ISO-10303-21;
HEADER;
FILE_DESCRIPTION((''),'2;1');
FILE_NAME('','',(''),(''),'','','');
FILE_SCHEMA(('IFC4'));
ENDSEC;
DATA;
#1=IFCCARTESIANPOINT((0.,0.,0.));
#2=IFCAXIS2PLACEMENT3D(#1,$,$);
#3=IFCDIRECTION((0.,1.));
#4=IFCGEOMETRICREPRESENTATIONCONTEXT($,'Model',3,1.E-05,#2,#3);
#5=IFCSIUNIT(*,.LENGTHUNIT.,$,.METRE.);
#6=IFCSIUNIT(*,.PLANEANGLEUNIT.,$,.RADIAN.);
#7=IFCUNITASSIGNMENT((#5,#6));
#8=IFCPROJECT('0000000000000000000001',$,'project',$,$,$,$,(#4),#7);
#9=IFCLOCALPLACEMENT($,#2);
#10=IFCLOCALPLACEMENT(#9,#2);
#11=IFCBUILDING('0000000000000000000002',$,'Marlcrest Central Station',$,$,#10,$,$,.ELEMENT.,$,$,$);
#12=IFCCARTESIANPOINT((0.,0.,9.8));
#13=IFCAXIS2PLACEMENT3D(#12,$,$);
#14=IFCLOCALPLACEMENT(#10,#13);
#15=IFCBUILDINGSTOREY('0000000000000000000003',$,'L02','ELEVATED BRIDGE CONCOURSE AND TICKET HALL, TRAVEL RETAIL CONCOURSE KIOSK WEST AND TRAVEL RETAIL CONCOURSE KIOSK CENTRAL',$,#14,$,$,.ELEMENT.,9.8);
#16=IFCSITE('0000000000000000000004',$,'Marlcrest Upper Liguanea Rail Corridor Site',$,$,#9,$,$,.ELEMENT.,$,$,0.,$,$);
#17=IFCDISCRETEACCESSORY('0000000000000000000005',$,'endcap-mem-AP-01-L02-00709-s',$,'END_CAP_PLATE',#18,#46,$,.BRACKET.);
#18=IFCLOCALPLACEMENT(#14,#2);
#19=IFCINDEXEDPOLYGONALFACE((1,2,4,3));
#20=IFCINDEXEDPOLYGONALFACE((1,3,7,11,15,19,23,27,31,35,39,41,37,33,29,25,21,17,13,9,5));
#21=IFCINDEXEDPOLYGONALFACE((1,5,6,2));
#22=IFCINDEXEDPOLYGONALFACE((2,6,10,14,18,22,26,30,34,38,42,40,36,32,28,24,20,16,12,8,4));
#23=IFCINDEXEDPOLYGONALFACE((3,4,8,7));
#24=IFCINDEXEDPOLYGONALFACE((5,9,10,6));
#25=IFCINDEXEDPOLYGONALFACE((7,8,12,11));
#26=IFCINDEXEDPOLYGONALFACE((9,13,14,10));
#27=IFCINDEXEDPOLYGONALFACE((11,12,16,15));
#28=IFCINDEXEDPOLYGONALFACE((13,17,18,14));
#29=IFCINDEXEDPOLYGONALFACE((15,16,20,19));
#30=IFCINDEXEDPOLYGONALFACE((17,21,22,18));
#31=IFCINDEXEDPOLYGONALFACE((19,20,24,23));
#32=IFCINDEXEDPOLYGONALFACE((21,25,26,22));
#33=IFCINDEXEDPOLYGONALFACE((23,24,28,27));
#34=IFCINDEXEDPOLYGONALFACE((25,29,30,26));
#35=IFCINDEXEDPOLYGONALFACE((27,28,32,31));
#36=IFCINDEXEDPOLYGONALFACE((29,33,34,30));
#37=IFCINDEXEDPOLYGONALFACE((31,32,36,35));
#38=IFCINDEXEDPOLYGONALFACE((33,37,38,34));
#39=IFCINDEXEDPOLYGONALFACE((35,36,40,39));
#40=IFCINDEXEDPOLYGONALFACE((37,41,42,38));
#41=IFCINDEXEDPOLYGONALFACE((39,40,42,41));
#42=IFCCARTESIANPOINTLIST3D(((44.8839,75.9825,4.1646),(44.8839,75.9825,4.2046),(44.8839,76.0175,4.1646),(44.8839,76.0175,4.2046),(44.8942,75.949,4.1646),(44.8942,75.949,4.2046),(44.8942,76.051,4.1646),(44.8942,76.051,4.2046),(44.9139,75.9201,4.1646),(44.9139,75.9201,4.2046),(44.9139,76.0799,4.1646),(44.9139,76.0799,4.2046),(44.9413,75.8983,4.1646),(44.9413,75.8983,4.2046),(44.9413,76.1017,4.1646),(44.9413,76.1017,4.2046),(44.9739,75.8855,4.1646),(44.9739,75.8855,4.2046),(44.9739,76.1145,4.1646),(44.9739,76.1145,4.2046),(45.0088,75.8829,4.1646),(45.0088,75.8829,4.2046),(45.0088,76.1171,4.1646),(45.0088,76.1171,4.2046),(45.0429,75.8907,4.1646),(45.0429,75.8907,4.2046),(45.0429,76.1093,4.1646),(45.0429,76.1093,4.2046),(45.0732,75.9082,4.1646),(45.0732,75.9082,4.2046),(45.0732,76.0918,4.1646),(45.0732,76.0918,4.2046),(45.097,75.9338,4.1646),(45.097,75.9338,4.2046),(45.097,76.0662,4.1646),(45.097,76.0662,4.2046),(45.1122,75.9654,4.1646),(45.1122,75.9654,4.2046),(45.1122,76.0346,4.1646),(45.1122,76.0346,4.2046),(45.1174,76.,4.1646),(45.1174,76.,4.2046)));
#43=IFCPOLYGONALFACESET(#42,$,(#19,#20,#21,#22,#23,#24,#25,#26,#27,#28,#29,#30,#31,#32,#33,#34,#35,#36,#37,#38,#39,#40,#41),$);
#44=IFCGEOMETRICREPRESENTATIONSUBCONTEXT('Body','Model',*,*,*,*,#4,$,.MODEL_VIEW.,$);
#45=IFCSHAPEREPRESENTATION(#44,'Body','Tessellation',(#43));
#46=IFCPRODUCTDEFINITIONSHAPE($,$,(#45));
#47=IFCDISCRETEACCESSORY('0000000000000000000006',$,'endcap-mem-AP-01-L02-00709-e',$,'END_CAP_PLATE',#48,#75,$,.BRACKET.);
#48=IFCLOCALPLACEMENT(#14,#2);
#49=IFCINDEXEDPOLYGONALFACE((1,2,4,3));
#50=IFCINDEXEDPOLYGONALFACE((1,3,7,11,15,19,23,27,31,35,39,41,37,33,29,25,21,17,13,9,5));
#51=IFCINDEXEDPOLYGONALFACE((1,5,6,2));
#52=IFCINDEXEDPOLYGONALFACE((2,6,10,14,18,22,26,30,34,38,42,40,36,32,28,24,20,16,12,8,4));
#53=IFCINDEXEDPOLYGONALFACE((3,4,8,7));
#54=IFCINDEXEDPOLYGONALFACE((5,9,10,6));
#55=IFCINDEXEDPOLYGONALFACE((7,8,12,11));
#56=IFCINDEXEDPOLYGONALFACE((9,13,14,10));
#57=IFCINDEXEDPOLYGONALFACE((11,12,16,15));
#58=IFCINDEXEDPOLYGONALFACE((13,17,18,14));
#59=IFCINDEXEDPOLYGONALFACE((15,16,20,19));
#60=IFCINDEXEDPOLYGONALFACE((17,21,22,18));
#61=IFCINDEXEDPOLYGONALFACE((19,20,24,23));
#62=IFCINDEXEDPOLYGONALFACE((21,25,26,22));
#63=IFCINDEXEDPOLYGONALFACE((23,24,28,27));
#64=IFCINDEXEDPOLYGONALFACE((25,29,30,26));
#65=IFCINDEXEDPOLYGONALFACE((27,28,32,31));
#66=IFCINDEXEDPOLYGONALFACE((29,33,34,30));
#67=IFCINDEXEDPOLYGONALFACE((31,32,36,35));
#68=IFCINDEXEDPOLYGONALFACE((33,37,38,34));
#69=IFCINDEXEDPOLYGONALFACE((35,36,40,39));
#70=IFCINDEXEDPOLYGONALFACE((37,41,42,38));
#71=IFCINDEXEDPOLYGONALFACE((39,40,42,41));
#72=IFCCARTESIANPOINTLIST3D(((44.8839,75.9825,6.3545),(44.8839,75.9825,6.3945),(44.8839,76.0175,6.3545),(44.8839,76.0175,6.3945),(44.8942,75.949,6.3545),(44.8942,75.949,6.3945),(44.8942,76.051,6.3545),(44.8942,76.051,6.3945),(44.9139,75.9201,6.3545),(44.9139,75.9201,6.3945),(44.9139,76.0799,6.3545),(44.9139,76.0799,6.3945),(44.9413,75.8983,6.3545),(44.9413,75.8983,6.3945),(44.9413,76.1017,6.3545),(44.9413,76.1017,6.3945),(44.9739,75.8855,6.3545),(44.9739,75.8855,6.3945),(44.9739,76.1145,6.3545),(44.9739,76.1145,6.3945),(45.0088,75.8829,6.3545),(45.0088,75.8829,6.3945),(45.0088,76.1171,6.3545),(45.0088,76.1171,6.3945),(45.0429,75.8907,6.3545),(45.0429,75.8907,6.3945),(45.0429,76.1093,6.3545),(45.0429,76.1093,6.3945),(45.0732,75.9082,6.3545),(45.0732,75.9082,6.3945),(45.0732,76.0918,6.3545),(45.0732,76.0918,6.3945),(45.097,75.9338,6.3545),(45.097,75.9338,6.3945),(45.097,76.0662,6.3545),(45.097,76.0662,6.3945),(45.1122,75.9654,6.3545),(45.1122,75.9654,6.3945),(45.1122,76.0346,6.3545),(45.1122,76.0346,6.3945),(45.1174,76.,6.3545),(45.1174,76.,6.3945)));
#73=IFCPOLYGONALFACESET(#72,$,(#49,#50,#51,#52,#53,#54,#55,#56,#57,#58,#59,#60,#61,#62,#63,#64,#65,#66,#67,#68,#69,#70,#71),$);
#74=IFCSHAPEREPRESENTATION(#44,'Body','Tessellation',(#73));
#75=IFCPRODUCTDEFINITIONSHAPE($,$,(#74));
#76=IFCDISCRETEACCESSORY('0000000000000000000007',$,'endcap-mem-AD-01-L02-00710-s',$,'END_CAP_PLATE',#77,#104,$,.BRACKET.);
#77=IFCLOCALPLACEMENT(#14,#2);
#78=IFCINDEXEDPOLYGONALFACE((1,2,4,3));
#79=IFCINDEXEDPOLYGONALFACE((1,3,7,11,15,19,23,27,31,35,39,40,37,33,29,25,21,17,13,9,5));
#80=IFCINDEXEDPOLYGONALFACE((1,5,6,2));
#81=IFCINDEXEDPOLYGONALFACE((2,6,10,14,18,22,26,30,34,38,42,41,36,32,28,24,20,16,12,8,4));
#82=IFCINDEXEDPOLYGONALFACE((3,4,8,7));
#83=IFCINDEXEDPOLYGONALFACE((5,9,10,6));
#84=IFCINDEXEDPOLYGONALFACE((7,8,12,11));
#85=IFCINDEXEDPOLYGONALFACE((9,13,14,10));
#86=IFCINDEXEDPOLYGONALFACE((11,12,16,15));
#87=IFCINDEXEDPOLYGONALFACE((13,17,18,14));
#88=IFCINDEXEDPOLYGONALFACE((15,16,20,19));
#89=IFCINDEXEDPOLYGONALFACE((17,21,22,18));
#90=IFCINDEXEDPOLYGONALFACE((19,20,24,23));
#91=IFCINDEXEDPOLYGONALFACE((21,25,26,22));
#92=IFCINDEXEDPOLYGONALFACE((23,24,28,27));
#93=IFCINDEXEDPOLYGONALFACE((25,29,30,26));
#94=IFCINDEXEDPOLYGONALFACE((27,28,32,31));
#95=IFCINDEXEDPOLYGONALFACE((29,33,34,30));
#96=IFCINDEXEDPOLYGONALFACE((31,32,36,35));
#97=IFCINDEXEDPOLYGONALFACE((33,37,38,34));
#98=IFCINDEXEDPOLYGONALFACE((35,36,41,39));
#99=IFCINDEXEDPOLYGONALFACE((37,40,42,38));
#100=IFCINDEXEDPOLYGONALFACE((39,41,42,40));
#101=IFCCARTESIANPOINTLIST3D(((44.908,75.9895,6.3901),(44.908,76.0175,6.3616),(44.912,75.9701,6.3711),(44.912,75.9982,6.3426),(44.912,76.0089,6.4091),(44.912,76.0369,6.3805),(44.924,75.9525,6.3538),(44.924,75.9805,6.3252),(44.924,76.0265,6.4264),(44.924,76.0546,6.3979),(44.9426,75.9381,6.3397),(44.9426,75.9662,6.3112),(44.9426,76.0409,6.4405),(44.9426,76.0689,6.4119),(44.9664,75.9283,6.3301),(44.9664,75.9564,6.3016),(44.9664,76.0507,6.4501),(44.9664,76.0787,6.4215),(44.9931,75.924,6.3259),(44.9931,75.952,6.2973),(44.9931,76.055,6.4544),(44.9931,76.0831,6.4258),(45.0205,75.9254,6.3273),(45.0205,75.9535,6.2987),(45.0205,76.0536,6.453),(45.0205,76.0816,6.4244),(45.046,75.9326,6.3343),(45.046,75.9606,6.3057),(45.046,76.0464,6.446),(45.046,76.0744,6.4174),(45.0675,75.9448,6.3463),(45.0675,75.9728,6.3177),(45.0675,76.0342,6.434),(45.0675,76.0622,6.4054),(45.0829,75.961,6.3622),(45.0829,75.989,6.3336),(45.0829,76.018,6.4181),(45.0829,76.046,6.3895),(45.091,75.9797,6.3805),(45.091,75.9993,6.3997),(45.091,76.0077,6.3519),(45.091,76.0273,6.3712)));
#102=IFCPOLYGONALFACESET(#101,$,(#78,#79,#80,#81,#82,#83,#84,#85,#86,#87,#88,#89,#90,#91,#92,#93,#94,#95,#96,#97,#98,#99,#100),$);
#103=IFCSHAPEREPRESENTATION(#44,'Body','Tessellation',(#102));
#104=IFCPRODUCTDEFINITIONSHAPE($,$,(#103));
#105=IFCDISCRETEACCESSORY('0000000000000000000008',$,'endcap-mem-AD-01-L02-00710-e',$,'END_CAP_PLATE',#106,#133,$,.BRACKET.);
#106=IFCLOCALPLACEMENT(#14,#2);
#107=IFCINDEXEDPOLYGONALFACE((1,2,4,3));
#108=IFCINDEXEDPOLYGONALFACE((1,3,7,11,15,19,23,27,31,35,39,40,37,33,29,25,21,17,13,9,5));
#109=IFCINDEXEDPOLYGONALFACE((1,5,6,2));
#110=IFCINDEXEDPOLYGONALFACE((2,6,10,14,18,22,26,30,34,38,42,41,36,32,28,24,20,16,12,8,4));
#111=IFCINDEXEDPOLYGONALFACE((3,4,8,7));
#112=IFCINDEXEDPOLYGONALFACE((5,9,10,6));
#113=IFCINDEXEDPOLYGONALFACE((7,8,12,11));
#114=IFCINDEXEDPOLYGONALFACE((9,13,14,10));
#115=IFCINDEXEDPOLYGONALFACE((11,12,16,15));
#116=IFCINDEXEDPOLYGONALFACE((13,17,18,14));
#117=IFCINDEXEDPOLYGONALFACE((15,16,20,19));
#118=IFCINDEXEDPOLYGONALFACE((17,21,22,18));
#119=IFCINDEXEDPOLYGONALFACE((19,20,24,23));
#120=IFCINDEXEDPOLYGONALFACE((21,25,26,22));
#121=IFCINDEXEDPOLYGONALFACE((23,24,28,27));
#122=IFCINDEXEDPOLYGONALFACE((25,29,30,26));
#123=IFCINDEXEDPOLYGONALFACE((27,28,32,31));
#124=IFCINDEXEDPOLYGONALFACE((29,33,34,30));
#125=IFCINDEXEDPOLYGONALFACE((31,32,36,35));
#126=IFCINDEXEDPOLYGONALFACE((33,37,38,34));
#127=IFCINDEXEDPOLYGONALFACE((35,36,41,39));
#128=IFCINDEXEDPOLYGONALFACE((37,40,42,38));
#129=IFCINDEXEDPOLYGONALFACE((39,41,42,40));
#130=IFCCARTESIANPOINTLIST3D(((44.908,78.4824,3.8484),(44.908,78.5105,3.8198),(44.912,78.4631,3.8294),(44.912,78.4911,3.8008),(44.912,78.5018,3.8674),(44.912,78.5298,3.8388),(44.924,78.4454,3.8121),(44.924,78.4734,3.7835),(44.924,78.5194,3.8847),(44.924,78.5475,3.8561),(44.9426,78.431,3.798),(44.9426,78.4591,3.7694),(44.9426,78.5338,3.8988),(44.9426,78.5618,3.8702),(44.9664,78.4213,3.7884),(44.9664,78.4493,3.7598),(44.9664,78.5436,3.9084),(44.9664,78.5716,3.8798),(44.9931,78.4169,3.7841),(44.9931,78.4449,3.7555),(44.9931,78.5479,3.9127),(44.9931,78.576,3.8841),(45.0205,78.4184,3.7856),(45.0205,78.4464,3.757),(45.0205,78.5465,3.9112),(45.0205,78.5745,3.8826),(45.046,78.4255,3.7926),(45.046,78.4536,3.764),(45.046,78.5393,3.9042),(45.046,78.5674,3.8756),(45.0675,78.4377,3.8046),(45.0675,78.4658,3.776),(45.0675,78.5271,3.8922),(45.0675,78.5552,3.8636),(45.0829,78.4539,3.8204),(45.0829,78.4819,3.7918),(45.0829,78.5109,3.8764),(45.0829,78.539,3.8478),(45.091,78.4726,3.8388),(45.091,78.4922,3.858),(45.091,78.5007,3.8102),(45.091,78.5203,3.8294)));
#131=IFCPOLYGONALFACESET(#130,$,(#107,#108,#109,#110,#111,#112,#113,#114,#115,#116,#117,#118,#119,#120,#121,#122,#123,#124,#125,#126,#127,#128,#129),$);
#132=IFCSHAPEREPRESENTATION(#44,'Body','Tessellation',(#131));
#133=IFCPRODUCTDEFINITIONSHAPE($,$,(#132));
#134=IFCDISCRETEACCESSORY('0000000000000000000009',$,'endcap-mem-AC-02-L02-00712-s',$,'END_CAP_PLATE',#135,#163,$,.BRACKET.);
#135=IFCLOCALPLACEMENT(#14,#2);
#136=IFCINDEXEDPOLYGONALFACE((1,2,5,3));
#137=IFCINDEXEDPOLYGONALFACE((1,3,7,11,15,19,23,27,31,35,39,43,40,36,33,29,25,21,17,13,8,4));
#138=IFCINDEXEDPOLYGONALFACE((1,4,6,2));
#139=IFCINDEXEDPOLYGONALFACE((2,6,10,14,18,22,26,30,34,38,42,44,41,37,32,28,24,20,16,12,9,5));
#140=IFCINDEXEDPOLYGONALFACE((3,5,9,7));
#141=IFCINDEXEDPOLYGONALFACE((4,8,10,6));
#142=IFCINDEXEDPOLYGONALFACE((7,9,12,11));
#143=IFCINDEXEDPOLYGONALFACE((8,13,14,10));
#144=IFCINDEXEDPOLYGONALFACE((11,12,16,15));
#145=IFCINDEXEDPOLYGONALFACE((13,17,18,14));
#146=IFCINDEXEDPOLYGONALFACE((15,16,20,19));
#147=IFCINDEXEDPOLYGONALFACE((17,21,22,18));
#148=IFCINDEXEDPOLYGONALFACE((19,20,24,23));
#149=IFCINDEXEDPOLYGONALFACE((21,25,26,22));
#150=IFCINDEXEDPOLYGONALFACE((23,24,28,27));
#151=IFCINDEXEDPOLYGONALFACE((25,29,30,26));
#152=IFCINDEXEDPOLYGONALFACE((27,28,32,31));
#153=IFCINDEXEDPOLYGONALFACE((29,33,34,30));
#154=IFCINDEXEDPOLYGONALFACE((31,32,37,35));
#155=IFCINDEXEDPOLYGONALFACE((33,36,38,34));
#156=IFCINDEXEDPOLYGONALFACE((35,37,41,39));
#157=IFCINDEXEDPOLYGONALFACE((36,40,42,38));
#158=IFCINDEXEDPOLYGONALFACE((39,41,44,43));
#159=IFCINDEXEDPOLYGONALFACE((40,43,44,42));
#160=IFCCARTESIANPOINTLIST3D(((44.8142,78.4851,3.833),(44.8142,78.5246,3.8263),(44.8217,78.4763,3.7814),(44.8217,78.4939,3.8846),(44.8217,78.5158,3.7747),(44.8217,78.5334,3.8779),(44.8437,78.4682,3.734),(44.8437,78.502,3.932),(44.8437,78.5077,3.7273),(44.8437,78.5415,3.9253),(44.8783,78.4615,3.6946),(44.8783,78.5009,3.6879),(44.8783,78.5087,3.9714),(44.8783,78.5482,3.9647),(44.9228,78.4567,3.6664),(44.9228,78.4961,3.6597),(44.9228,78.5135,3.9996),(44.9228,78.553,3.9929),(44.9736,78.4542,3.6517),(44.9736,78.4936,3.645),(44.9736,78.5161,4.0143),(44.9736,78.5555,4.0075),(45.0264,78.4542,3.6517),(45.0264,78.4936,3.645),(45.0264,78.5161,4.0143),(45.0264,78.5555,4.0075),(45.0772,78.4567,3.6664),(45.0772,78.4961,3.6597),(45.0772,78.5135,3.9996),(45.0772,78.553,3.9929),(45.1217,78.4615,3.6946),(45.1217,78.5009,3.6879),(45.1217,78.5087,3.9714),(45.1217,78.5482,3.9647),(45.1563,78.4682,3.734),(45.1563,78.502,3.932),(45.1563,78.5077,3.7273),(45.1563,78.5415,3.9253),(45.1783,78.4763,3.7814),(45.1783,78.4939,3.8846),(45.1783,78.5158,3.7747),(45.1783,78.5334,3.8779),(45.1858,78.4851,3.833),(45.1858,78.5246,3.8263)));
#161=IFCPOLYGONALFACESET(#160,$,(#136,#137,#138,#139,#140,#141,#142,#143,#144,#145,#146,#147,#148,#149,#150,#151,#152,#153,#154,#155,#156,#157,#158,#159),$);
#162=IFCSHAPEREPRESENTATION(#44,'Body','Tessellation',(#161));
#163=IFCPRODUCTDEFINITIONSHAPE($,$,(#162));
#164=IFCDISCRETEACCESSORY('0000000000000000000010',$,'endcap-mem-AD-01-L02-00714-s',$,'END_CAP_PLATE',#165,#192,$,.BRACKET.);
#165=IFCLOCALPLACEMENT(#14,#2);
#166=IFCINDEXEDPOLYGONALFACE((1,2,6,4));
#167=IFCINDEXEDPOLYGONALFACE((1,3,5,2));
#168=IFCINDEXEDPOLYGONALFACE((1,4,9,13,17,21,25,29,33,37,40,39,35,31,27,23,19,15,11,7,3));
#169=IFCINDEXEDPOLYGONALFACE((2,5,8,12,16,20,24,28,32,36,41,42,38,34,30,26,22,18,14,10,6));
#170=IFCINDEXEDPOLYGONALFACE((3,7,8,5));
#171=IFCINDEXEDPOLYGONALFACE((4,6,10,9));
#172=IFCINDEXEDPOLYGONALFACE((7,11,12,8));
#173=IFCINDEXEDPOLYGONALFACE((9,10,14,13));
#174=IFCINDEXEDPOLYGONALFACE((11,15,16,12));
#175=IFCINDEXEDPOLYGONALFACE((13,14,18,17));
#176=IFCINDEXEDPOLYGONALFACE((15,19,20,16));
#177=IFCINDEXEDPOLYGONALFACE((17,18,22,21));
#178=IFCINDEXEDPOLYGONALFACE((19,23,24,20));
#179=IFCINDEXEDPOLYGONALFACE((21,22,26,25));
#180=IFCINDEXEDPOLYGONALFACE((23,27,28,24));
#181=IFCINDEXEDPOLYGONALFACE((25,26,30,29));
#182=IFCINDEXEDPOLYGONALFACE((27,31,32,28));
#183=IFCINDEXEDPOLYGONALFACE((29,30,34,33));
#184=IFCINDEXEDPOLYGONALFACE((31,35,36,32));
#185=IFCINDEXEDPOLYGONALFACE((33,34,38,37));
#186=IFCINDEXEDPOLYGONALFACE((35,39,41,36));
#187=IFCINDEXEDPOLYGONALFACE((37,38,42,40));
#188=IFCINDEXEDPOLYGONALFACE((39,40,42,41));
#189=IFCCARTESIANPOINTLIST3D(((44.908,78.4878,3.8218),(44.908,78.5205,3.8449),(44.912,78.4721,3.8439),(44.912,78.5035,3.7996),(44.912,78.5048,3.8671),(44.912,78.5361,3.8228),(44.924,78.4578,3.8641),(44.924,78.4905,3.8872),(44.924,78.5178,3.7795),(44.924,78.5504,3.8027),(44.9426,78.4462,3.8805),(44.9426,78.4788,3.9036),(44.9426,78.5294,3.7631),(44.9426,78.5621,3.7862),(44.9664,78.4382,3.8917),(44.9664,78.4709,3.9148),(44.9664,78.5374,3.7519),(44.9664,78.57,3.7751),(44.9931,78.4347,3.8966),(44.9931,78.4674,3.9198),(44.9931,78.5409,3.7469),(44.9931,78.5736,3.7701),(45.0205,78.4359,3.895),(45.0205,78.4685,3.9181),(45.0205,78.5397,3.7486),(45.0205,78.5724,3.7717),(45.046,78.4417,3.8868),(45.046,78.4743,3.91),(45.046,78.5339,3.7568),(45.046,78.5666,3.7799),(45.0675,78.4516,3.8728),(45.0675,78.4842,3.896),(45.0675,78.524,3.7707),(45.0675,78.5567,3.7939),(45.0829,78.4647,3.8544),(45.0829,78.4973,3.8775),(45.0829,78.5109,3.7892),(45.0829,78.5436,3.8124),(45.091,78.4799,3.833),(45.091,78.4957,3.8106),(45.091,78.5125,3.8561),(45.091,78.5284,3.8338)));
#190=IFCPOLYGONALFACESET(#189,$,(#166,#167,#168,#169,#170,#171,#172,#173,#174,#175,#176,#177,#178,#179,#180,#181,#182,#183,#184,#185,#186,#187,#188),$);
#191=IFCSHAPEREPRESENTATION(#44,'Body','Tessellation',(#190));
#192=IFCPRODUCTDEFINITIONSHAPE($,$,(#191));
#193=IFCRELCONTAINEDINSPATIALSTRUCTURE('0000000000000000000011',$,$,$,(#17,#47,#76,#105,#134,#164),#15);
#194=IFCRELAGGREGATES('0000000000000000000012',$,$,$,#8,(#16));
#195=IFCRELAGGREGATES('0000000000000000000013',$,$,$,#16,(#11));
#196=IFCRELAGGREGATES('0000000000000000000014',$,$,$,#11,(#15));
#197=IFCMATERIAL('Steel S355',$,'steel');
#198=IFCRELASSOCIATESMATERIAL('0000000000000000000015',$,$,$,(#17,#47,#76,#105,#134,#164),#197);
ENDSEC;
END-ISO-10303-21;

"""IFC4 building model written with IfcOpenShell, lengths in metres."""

from ifc_helpers import new_model, si_unit, direction, frame, origin, origin_2d, place, context, subcontext, project, spatial, circle, extrude, material, element, save


model = new_model("IFC4")

# Units and contexts
model_context = context("Model", 3, precision=1e-05, world=origin(), true_north=direction((0.0, 1.0)))
body_context = subcontext(model_context, "Body", "Model", "MODEL_VIEW")
ifc_project = project(units=[si_unit("LENGTHUNIT", "METRE"), si_unit("PLANEANGLEUNIT", "RADIAN")], contexts=[model_context])

# Site, building, storey
site_placement = place(None, origin())
site = spatial("IfcSite", under=ifc_project, at=site_placement, Name="Marlcrest Upper Liguanea Rail Corridor Site", CompositionType="ELEMENT", RefElevation=0.0)
building_placement = place(site_placement, origin())
building = spatial("IfcBuilding", under=site, at=building_placement, Name="Marlcrest Central Station", CompositionType="ELEMENT")
storey_placement = place(building_placement, frame((0.0, 0.0, 9.8)))
storey = spatial("IfcBuildingStorey", under=building, at=storey_placement, Name="L02", Description="ELEVATED BRIDGE CONCOURSE AND TICKET HALL, TRAVEL RETAIL CONCOURSE KIOSK WEST AND TRAVEL RETAIL CONCOURSE KIOSK CENTRAL", CompositionType="ELEMENT", Elevation=9.8)

# Shared definitions
ifc_material = material(Name="Steel S355", Category="steel")

# Discrete accessories
for number, where, z_axis, x_axis, name in (
    (1, (45.0, 76.0, 4.1646), (0.0, 0.0, 1.0), (1.0, 0.0, 0.0), "endcap-mem-AP-01-L02-00709-s"),
    (2, (45.0, 76.0, 6.3545), (0.0, 0.0, 1.0), (1.0, 0.0, 0.0), "endcap-mem-AP-01-L02-00709-e"),
):
    element("IfcDiscreteAccessory", number, at=place(storey_placement, frame(where, z_axis=z_axis, x_axis=x_axis)), inside=storey, material=ifc_material, Name=name, ObjectType="END_CAP_PLATE", PredefinedType="BRACKET", context=body_context, shape_type="SweptSolid", body=[
        extrude(circle(Radius=0.1174, at=origin_2d()), origin(), (0.0, 0.0, 1.0), 0.04),
    ])
for number, where, z_axis, x_axis, name in (
    (3, (45.0, 75.9895, 6.3901), (0.0, 0.700235, -0.713912), (-1.0, 0.0, 0.0), "endcap-mem-AD-01-L02-00710-s"),
    (4, (45.0, 78.4824, 3.8484), (0.0, 0.700235, -0.713912), (-1.0, 0.0, 0.0), "endcap-mem-AD-01-L02-00710-e"),
):
    element("IfcDiscreteAccessory", number, at=place(storey_placement, frame(where, z_axis=z_axis, x_axis=x_axis)), inside=storey, material=ifc_material, Name=name, ObjectType="END_CAP_PLATE", PredefinedType="BRACKET", context=body_context, shape_type="SweptSolid", body=[
        extrude(circle(Radius=0.092, at=origin_2d()), origin(), (0.0, 0.0, 1.0), 0.04),
    ])
discrete_accessory_1_placement = place(storey_placement, frame((45.0, 78.4851, 3.833), z_axis=(0.0, 0.985741, -0.168269), x_axis=(-1.0, 0.0, 0.0)))
element("IfcDiscreteAccessory", 5, at=discrete_accessory_1_placement, inside=storey, material=ifc_material, Name="endcap-mem-AC-02-L02-00712-s", ObjectType="END_CAP_PLATE", PredefinedType="BRACKET", context=body_context, shape_type="SweptSolid", body=[
    extrude(circle(Radius=0.1858, at=origin_2d()), origin(), (0.0, 0.0, 1.0), 0.04),
])
discrete_accessory_2_placement = place(storey_placement, frame((45.0, 78.4878, 3.8218), z_axis=(0.0, 0.815661, 0.57853), x_axis=(-1.0, 0.0, 0.0)))
element("IfcDiscreteAccessory", 6, at=discrete_accessory_2_placement, inside=storey, material=ifc_material, Name="endcap-mem-AD-01-L02-00714-s", ObjectType="END_CAP_PLATE", PredefinedType="BRACKET", context=body_context, shape_type="SweptSolid", body=[
    extrude(circle(Radius=0.092, at=origin_2d()), origin(), (0.0, 0.0, 1.0), 0.04),
])

save(model, "model.ifc")
